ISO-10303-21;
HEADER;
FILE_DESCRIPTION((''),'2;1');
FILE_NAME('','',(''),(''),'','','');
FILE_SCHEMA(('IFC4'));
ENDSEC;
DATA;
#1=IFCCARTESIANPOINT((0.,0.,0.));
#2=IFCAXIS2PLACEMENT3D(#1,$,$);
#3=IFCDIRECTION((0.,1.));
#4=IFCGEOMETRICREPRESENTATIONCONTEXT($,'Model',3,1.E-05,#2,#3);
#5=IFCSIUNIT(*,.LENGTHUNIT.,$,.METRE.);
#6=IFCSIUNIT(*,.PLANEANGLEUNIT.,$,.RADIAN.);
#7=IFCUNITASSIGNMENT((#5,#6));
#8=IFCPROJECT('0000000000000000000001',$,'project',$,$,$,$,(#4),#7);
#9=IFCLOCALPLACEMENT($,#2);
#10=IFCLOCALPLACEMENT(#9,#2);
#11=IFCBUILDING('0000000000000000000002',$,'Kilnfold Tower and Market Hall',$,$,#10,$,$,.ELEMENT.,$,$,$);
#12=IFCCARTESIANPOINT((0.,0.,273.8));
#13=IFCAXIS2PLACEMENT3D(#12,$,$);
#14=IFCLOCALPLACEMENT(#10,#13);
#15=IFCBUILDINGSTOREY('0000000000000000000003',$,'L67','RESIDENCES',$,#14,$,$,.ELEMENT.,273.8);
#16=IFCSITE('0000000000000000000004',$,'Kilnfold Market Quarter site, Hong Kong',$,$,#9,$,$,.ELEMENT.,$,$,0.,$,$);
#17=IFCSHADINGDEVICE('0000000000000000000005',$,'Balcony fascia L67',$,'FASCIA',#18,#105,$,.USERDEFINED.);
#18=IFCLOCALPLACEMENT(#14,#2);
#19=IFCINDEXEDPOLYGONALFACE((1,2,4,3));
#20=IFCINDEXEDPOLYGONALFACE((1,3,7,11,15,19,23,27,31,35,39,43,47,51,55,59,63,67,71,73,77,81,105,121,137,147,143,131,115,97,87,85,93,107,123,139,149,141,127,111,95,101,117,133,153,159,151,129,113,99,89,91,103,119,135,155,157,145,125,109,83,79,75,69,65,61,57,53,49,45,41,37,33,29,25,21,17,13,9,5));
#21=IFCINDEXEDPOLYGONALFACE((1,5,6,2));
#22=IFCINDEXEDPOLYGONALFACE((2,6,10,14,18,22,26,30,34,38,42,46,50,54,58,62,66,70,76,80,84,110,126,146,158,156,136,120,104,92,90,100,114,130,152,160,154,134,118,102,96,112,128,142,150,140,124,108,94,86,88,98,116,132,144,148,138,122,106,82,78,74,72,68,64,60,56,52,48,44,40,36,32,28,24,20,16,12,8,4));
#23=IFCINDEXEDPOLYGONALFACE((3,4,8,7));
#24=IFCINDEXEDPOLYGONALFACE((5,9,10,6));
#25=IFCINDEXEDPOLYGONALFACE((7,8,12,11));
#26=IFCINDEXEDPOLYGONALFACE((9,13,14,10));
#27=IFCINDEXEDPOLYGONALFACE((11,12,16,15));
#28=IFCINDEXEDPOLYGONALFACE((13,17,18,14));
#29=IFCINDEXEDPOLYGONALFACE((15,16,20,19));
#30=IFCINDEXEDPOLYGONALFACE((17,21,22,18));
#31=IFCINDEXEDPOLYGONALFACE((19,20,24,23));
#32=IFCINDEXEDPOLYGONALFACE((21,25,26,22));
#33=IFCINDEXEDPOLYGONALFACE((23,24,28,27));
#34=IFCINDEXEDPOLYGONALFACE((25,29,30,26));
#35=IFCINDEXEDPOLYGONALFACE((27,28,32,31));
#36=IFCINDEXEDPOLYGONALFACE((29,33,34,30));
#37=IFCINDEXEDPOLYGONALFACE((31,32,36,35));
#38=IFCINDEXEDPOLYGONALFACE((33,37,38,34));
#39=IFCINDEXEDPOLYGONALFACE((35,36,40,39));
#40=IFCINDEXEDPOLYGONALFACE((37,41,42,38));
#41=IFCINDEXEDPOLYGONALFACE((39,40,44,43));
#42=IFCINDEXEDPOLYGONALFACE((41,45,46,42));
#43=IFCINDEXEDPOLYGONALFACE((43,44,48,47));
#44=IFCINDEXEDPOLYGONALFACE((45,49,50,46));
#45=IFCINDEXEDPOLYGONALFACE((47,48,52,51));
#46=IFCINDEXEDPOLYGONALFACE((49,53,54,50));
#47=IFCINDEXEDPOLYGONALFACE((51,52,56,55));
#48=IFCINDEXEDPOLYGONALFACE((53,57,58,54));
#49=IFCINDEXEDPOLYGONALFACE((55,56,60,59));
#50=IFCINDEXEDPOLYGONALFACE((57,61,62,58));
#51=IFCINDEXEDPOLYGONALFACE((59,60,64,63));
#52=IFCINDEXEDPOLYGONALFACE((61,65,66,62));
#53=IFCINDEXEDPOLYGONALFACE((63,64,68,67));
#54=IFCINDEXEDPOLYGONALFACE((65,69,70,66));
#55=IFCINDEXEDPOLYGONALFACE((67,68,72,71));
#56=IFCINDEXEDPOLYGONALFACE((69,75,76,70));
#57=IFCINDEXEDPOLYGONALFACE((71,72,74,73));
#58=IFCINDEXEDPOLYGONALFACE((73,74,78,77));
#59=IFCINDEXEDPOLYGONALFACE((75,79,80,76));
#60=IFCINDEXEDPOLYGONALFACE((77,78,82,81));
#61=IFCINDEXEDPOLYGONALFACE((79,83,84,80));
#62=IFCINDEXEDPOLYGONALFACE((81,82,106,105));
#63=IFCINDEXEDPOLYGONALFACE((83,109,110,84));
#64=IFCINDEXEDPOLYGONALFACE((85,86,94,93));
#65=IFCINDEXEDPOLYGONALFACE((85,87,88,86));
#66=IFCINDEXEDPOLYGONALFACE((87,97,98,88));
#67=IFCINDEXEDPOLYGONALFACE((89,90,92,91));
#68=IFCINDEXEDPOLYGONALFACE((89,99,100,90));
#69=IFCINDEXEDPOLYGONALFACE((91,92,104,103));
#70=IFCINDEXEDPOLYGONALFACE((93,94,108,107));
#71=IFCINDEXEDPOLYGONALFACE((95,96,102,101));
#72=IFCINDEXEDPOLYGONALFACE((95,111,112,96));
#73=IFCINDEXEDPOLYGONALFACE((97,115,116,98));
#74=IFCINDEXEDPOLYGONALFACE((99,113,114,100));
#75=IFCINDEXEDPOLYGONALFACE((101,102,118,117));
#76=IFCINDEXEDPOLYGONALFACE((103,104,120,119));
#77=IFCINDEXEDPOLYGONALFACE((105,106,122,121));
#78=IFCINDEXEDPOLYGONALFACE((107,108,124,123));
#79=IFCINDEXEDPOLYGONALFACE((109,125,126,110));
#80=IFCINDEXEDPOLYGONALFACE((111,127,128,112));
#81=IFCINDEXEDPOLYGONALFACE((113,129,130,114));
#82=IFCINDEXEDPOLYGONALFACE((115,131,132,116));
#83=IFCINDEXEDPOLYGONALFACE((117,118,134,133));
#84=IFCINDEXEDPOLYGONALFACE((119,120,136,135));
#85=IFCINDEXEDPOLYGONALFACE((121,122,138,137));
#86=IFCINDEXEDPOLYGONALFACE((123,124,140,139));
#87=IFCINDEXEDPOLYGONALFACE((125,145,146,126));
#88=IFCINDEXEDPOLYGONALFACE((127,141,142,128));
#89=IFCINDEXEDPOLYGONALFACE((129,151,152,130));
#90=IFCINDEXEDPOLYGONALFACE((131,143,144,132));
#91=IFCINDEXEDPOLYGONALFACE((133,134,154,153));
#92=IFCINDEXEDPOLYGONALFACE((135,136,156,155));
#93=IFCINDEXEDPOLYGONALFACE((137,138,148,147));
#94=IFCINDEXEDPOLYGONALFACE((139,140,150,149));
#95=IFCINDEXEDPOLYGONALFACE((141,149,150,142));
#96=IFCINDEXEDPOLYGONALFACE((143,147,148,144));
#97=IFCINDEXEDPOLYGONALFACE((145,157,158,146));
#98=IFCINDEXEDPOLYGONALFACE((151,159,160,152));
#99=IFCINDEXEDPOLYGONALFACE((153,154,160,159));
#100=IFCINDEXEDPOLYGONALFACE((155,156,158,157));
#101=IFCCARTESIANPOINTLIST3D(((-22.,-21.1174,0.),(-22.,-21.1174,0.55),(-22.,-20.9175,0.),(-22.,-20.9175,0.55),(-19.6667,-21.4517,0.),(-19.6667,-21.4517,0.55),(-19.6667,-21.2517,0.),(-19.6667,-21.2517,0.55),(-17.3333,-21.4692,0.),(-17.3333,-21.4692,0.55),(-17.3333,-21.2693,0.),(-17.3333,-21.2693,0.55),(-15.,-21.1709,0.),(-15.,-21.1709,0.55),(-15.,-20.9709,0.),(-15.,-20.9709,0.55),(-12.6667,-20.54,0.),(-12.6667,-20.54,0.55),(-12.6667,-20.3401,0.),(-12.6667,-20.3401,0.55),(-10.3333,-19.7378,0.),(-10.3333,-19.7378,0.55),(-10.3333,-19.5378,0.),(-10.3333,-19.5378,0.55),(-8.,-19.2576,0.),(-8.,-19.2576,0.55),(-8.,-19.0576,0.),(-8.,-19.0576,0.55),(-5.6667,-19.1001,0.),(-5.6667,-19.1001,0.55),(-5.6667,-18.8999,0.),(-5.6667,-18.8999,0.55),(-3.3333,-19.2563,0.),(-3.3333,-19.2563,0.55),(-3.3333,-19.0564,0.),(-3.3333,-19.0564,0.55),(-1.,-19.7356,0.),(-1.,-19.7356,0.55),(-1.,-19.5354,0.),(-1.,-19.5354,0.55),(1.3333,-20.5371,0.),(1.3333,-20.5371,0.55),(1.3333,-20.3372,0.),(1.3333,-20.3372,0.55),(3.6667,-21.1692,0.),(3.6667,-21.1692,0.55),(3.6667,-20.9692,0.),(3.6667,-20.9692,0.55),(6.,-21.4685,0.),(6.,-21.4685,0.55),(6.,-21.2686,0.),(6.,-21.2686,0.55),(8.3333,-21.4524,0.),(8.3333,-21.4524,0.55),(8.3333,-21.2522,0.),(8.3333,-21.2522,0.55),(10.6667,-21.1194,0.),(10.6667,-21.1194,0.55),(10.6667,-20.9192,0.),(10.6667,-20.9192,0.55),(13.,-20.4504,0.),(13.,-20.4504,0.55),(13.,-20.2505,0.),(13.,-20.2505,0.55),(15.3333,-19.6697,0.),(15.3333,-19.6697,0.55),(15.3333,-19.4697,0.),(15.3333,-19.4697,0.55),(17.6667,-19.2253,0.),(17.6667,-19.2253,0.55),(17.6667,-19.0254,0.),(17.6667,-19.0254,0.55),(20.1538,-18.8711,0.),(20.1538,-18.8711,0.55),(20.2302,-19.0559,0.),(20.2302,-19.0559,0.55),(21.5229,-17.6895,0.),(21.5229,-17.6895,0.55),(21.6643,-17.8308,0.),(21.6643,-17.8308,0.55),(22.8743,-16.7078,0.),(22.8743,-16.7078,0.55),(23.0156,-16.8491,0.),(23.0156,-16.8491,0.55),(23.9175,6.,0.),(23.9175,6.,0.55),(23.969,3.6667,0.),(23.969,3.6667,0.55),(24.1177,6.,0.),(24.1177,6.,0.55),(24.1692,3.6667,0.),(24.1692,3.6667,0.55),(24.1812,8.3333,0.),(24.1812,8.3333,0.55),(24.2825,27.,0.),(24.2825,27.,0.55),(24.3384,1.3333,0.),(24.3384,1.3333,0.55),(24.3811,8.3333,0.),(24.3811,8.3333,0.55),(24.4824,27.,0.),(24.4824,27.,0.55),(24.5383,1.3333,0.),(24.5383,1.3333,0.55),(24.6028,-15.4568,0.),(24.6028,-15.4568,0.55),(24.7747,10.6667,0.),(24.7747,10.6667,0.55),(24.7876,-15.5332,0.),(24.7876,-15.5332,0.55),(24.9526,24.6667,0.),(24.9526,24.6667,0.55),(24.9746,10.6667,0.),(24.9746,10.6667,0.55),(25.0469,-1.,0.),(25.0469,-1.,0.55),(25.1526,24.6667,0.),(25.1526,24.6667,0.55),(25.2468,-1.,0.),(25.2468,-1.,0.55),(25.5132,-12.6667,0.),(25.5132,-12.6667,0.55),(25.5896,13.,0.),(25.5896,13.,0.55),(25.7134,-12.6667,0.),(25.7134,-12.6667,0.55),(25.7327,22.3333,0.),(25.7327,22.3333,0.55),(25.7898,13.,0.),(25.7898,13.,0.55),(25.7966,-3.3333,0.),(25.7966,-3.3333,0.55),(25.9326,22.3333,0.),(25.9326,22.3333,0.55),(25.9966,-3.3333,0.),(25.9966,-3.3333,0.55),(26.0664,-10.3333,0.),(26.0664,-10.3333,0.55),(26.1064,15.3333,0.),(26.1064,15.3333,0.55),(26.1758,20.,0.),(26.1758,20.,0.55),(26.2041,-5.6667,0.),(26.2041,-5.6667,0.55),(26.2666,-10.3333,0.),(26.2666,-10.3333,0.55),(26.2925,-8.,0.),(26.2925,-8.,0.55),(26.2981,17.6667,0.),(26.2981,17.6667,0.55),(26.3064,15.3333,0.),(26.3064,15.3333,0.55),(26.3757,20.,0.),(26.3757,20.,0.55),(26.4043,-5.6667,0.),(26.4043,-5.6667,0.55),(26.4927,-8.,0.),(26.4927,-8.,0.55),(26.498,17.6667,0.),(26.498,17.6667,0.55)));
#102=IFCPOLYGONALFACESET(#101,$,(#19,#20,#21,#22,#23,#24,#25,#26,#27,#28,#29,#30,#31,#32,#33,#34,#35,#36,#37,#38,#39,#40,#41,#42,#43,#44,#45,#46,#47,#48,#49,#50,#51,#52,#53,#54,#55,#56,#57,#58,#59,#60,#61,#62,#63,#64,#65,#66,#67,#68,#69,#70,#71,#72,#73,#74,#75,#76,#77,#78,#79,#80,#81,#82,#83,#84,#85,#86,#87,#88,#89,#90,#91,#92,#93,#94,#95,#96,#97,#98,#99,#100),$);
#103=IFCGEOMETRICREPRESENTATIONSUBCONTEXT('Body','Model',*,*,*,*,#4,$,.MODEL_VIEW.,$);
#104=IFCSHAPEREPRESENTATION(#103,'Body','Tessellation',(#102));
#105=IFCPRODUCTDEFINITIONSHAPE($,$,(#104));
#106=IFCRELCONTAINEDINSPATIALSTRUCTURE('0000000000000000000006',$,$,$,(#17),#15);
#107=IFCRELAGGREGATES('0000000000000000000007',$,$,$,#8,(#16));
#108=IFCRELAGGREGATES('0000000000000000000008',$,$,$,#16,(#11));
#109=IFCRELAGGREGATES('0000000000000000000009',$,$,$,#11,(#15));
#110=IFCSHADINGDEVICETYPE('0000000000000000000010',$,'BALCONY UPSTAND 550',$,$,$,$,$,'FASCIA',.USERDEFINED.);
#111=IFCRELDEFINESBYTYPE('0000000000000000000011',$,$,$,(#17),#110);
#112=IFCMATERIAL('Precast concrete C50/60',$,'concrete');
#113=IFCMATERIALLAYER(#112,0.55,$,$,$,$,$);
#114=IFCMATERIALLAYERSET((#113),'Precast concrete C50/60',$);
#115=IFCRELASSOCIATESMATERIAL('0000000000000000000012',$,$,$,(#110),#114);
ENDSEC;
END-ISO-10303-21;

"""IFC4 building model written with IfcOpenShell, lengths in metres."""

from ifc_helpers import new_model, si_unit, direction, frame, origin, place, context, subcontext, project, spatial, polyline, outline, extrude, source, transform, mapped, material, layer, layer_set, type_object, element, save


model = new_model("IFC4")

# Units and contexts
model_context = context("Model", 3, precision=1e-05, world=origin(), true_north=direction((0.0, 1.0)))
body_context = subcontext(model_context, "Body", "Model", "MODEL_VIEW")
ifc_project = project(units=[si_unit("LENGTHUNIT", "METRE"), si_unit("PLANEANGLEUNIT", "RADIAN")], contexts=[model_context])

# Site, building, storey
site_placement = place(None, origin())
site = spatial("IfcSite", under=ifc_project, at=site_placement, Name="Kilnfold Market Quarter site, Hong Kong", CompositionType="ELEMENT", RefElevation=0.0)
building_placement = place(site_placement, origin())
building = spatial("IfcBuilding", under=site, at=building_placement, Name="Kilnfold Tower and Market Hall", CompositionType="ELEMENT")
storey_placement = place(building_placement, frame((0.0, 0.0, 273.8)))
storey = spatial("IfcBuildingStorey", under=building, at=storey_placement, Name="L67", Description="RESIDENCES", CompositionType="ELEMENT", Elevation=273.8)

# Shading device
ifc_material_1 = material(Name="Precast concrete C50/60", Category="concrete")
ifc_layer_1 = layer(ifc_material_1, 0.55)
ifc_layer_set_1 = layer_set([ifc_layer_1], Name="Precast concrete C50/60")
shading_device_type_1 = type_object("IfcShadingDeviceType", Name="BALCONY UPSTAND 550", ElementType="FASCIA", PredefinedType="USERDEFINED", material=ifc_layer_set_1)
shared_shape_1 = source(origin(), body_context, "Body", "SweptSolid", [
    extrude(outline(polyline([(-22.0, -21.1174), (-19.6667, -21.4517), (-17.3333, -21.4692), (-15.0, -21.1709), (-12.6667, -20.54), (-10.3333, -19.7378), (-8.0, -19.2576), (-5.6667, -19.1001), (-3.3333, -19.2563), (-1.0, -19.7356), (1.3333, -20.5371), (3.6667, -21.1692), (6.0, -21.4685), (8.3333, -21.4524), (10.6667, -21.1194), (13.0, -20.4504), (15.3333, -19.6697), (17.6667, -19.2253), (20.2302, -19.0559), (21.6643, -17.8308), (23.0156, -16.8491), (24.7876, -15.5332), (25.7134, -12.6667), (26.2666, -10.3333), (26.4927, -8.0), (26.4043, -5.6667), (25.9966, -3.3333), (25.2468, -1.0), (24.5383, 1.3333), (24.1692, 3.6667), (24.1177, 6.0), (24.3811, 8.3333), (24.9746, 10.6667), (25.7898, 13.0), (26.3064, 15.3333), (26.498, 17.6667), (26.3757, 20.0), (25.9326, 22.3333), (25.1526, 24.6667), (24.4824, 27.0), (24.2825, 27.0), (24.9526, 24.6667), (25.7327, 22.3333), (26.1758, 20.0), (26.2981, 17.6667), (26.1064, 15.3333), (25.5896, 13.0), (24.7747, 10.6667), (24.1812, 8.3333), (23.9175, 6.0), (23.969, 3.6667), (24.3384, 1.3333), (25.0469, -1.0), (25.7966, -3.3333), (26.2041, -5.6667), (26.2925, -8.0), (26.0664, -10.3333), (25.5132, -12.6667), (24.6028, -15.4568), (22.8743, -16.7078), (21.5229, -17.6895), (20.1538, -18.8711), (17.6667, -19.0254), (15.3333, -19.4697), (13.0, -20.2505), (10.6667, -20.9192), (8.3333, -21.2522), (6.0, -21.2686), (3.6667, -20.9692), (1.3333, -20.3372), (-1.0, -19.5354), (-3.3333, -19.0564), (-5.6667, -18.8999), (-8.0, -19.0576), (-10.3333, -19.5378), (-12.6667, -20.3401), (-15.0, -20.9709), (-17.3333, -21.2693), (-19.6667, -21.2517), (-22.0, -20.9175), (-22.0, -21.1174)])), origin(), (0.0, 0.0, 1.0), 0.55),
])
shading_device_1_placement = place(storey_placement, origin())
element("IfcShadingDevice", 1, at=shading_device_1_placement, inside=storey, type_object=shading_device_type_1, Name="Balcony fascia L67", ObjectType="FASCIA", PredefinedType="USERDEFINED", context=body_context, shape_type="MappedRepresentation", body=[
    mapped(shared_shape_1, transform((0.0, 0.0, 0.0))),
])

save(model, "model.ifc")
